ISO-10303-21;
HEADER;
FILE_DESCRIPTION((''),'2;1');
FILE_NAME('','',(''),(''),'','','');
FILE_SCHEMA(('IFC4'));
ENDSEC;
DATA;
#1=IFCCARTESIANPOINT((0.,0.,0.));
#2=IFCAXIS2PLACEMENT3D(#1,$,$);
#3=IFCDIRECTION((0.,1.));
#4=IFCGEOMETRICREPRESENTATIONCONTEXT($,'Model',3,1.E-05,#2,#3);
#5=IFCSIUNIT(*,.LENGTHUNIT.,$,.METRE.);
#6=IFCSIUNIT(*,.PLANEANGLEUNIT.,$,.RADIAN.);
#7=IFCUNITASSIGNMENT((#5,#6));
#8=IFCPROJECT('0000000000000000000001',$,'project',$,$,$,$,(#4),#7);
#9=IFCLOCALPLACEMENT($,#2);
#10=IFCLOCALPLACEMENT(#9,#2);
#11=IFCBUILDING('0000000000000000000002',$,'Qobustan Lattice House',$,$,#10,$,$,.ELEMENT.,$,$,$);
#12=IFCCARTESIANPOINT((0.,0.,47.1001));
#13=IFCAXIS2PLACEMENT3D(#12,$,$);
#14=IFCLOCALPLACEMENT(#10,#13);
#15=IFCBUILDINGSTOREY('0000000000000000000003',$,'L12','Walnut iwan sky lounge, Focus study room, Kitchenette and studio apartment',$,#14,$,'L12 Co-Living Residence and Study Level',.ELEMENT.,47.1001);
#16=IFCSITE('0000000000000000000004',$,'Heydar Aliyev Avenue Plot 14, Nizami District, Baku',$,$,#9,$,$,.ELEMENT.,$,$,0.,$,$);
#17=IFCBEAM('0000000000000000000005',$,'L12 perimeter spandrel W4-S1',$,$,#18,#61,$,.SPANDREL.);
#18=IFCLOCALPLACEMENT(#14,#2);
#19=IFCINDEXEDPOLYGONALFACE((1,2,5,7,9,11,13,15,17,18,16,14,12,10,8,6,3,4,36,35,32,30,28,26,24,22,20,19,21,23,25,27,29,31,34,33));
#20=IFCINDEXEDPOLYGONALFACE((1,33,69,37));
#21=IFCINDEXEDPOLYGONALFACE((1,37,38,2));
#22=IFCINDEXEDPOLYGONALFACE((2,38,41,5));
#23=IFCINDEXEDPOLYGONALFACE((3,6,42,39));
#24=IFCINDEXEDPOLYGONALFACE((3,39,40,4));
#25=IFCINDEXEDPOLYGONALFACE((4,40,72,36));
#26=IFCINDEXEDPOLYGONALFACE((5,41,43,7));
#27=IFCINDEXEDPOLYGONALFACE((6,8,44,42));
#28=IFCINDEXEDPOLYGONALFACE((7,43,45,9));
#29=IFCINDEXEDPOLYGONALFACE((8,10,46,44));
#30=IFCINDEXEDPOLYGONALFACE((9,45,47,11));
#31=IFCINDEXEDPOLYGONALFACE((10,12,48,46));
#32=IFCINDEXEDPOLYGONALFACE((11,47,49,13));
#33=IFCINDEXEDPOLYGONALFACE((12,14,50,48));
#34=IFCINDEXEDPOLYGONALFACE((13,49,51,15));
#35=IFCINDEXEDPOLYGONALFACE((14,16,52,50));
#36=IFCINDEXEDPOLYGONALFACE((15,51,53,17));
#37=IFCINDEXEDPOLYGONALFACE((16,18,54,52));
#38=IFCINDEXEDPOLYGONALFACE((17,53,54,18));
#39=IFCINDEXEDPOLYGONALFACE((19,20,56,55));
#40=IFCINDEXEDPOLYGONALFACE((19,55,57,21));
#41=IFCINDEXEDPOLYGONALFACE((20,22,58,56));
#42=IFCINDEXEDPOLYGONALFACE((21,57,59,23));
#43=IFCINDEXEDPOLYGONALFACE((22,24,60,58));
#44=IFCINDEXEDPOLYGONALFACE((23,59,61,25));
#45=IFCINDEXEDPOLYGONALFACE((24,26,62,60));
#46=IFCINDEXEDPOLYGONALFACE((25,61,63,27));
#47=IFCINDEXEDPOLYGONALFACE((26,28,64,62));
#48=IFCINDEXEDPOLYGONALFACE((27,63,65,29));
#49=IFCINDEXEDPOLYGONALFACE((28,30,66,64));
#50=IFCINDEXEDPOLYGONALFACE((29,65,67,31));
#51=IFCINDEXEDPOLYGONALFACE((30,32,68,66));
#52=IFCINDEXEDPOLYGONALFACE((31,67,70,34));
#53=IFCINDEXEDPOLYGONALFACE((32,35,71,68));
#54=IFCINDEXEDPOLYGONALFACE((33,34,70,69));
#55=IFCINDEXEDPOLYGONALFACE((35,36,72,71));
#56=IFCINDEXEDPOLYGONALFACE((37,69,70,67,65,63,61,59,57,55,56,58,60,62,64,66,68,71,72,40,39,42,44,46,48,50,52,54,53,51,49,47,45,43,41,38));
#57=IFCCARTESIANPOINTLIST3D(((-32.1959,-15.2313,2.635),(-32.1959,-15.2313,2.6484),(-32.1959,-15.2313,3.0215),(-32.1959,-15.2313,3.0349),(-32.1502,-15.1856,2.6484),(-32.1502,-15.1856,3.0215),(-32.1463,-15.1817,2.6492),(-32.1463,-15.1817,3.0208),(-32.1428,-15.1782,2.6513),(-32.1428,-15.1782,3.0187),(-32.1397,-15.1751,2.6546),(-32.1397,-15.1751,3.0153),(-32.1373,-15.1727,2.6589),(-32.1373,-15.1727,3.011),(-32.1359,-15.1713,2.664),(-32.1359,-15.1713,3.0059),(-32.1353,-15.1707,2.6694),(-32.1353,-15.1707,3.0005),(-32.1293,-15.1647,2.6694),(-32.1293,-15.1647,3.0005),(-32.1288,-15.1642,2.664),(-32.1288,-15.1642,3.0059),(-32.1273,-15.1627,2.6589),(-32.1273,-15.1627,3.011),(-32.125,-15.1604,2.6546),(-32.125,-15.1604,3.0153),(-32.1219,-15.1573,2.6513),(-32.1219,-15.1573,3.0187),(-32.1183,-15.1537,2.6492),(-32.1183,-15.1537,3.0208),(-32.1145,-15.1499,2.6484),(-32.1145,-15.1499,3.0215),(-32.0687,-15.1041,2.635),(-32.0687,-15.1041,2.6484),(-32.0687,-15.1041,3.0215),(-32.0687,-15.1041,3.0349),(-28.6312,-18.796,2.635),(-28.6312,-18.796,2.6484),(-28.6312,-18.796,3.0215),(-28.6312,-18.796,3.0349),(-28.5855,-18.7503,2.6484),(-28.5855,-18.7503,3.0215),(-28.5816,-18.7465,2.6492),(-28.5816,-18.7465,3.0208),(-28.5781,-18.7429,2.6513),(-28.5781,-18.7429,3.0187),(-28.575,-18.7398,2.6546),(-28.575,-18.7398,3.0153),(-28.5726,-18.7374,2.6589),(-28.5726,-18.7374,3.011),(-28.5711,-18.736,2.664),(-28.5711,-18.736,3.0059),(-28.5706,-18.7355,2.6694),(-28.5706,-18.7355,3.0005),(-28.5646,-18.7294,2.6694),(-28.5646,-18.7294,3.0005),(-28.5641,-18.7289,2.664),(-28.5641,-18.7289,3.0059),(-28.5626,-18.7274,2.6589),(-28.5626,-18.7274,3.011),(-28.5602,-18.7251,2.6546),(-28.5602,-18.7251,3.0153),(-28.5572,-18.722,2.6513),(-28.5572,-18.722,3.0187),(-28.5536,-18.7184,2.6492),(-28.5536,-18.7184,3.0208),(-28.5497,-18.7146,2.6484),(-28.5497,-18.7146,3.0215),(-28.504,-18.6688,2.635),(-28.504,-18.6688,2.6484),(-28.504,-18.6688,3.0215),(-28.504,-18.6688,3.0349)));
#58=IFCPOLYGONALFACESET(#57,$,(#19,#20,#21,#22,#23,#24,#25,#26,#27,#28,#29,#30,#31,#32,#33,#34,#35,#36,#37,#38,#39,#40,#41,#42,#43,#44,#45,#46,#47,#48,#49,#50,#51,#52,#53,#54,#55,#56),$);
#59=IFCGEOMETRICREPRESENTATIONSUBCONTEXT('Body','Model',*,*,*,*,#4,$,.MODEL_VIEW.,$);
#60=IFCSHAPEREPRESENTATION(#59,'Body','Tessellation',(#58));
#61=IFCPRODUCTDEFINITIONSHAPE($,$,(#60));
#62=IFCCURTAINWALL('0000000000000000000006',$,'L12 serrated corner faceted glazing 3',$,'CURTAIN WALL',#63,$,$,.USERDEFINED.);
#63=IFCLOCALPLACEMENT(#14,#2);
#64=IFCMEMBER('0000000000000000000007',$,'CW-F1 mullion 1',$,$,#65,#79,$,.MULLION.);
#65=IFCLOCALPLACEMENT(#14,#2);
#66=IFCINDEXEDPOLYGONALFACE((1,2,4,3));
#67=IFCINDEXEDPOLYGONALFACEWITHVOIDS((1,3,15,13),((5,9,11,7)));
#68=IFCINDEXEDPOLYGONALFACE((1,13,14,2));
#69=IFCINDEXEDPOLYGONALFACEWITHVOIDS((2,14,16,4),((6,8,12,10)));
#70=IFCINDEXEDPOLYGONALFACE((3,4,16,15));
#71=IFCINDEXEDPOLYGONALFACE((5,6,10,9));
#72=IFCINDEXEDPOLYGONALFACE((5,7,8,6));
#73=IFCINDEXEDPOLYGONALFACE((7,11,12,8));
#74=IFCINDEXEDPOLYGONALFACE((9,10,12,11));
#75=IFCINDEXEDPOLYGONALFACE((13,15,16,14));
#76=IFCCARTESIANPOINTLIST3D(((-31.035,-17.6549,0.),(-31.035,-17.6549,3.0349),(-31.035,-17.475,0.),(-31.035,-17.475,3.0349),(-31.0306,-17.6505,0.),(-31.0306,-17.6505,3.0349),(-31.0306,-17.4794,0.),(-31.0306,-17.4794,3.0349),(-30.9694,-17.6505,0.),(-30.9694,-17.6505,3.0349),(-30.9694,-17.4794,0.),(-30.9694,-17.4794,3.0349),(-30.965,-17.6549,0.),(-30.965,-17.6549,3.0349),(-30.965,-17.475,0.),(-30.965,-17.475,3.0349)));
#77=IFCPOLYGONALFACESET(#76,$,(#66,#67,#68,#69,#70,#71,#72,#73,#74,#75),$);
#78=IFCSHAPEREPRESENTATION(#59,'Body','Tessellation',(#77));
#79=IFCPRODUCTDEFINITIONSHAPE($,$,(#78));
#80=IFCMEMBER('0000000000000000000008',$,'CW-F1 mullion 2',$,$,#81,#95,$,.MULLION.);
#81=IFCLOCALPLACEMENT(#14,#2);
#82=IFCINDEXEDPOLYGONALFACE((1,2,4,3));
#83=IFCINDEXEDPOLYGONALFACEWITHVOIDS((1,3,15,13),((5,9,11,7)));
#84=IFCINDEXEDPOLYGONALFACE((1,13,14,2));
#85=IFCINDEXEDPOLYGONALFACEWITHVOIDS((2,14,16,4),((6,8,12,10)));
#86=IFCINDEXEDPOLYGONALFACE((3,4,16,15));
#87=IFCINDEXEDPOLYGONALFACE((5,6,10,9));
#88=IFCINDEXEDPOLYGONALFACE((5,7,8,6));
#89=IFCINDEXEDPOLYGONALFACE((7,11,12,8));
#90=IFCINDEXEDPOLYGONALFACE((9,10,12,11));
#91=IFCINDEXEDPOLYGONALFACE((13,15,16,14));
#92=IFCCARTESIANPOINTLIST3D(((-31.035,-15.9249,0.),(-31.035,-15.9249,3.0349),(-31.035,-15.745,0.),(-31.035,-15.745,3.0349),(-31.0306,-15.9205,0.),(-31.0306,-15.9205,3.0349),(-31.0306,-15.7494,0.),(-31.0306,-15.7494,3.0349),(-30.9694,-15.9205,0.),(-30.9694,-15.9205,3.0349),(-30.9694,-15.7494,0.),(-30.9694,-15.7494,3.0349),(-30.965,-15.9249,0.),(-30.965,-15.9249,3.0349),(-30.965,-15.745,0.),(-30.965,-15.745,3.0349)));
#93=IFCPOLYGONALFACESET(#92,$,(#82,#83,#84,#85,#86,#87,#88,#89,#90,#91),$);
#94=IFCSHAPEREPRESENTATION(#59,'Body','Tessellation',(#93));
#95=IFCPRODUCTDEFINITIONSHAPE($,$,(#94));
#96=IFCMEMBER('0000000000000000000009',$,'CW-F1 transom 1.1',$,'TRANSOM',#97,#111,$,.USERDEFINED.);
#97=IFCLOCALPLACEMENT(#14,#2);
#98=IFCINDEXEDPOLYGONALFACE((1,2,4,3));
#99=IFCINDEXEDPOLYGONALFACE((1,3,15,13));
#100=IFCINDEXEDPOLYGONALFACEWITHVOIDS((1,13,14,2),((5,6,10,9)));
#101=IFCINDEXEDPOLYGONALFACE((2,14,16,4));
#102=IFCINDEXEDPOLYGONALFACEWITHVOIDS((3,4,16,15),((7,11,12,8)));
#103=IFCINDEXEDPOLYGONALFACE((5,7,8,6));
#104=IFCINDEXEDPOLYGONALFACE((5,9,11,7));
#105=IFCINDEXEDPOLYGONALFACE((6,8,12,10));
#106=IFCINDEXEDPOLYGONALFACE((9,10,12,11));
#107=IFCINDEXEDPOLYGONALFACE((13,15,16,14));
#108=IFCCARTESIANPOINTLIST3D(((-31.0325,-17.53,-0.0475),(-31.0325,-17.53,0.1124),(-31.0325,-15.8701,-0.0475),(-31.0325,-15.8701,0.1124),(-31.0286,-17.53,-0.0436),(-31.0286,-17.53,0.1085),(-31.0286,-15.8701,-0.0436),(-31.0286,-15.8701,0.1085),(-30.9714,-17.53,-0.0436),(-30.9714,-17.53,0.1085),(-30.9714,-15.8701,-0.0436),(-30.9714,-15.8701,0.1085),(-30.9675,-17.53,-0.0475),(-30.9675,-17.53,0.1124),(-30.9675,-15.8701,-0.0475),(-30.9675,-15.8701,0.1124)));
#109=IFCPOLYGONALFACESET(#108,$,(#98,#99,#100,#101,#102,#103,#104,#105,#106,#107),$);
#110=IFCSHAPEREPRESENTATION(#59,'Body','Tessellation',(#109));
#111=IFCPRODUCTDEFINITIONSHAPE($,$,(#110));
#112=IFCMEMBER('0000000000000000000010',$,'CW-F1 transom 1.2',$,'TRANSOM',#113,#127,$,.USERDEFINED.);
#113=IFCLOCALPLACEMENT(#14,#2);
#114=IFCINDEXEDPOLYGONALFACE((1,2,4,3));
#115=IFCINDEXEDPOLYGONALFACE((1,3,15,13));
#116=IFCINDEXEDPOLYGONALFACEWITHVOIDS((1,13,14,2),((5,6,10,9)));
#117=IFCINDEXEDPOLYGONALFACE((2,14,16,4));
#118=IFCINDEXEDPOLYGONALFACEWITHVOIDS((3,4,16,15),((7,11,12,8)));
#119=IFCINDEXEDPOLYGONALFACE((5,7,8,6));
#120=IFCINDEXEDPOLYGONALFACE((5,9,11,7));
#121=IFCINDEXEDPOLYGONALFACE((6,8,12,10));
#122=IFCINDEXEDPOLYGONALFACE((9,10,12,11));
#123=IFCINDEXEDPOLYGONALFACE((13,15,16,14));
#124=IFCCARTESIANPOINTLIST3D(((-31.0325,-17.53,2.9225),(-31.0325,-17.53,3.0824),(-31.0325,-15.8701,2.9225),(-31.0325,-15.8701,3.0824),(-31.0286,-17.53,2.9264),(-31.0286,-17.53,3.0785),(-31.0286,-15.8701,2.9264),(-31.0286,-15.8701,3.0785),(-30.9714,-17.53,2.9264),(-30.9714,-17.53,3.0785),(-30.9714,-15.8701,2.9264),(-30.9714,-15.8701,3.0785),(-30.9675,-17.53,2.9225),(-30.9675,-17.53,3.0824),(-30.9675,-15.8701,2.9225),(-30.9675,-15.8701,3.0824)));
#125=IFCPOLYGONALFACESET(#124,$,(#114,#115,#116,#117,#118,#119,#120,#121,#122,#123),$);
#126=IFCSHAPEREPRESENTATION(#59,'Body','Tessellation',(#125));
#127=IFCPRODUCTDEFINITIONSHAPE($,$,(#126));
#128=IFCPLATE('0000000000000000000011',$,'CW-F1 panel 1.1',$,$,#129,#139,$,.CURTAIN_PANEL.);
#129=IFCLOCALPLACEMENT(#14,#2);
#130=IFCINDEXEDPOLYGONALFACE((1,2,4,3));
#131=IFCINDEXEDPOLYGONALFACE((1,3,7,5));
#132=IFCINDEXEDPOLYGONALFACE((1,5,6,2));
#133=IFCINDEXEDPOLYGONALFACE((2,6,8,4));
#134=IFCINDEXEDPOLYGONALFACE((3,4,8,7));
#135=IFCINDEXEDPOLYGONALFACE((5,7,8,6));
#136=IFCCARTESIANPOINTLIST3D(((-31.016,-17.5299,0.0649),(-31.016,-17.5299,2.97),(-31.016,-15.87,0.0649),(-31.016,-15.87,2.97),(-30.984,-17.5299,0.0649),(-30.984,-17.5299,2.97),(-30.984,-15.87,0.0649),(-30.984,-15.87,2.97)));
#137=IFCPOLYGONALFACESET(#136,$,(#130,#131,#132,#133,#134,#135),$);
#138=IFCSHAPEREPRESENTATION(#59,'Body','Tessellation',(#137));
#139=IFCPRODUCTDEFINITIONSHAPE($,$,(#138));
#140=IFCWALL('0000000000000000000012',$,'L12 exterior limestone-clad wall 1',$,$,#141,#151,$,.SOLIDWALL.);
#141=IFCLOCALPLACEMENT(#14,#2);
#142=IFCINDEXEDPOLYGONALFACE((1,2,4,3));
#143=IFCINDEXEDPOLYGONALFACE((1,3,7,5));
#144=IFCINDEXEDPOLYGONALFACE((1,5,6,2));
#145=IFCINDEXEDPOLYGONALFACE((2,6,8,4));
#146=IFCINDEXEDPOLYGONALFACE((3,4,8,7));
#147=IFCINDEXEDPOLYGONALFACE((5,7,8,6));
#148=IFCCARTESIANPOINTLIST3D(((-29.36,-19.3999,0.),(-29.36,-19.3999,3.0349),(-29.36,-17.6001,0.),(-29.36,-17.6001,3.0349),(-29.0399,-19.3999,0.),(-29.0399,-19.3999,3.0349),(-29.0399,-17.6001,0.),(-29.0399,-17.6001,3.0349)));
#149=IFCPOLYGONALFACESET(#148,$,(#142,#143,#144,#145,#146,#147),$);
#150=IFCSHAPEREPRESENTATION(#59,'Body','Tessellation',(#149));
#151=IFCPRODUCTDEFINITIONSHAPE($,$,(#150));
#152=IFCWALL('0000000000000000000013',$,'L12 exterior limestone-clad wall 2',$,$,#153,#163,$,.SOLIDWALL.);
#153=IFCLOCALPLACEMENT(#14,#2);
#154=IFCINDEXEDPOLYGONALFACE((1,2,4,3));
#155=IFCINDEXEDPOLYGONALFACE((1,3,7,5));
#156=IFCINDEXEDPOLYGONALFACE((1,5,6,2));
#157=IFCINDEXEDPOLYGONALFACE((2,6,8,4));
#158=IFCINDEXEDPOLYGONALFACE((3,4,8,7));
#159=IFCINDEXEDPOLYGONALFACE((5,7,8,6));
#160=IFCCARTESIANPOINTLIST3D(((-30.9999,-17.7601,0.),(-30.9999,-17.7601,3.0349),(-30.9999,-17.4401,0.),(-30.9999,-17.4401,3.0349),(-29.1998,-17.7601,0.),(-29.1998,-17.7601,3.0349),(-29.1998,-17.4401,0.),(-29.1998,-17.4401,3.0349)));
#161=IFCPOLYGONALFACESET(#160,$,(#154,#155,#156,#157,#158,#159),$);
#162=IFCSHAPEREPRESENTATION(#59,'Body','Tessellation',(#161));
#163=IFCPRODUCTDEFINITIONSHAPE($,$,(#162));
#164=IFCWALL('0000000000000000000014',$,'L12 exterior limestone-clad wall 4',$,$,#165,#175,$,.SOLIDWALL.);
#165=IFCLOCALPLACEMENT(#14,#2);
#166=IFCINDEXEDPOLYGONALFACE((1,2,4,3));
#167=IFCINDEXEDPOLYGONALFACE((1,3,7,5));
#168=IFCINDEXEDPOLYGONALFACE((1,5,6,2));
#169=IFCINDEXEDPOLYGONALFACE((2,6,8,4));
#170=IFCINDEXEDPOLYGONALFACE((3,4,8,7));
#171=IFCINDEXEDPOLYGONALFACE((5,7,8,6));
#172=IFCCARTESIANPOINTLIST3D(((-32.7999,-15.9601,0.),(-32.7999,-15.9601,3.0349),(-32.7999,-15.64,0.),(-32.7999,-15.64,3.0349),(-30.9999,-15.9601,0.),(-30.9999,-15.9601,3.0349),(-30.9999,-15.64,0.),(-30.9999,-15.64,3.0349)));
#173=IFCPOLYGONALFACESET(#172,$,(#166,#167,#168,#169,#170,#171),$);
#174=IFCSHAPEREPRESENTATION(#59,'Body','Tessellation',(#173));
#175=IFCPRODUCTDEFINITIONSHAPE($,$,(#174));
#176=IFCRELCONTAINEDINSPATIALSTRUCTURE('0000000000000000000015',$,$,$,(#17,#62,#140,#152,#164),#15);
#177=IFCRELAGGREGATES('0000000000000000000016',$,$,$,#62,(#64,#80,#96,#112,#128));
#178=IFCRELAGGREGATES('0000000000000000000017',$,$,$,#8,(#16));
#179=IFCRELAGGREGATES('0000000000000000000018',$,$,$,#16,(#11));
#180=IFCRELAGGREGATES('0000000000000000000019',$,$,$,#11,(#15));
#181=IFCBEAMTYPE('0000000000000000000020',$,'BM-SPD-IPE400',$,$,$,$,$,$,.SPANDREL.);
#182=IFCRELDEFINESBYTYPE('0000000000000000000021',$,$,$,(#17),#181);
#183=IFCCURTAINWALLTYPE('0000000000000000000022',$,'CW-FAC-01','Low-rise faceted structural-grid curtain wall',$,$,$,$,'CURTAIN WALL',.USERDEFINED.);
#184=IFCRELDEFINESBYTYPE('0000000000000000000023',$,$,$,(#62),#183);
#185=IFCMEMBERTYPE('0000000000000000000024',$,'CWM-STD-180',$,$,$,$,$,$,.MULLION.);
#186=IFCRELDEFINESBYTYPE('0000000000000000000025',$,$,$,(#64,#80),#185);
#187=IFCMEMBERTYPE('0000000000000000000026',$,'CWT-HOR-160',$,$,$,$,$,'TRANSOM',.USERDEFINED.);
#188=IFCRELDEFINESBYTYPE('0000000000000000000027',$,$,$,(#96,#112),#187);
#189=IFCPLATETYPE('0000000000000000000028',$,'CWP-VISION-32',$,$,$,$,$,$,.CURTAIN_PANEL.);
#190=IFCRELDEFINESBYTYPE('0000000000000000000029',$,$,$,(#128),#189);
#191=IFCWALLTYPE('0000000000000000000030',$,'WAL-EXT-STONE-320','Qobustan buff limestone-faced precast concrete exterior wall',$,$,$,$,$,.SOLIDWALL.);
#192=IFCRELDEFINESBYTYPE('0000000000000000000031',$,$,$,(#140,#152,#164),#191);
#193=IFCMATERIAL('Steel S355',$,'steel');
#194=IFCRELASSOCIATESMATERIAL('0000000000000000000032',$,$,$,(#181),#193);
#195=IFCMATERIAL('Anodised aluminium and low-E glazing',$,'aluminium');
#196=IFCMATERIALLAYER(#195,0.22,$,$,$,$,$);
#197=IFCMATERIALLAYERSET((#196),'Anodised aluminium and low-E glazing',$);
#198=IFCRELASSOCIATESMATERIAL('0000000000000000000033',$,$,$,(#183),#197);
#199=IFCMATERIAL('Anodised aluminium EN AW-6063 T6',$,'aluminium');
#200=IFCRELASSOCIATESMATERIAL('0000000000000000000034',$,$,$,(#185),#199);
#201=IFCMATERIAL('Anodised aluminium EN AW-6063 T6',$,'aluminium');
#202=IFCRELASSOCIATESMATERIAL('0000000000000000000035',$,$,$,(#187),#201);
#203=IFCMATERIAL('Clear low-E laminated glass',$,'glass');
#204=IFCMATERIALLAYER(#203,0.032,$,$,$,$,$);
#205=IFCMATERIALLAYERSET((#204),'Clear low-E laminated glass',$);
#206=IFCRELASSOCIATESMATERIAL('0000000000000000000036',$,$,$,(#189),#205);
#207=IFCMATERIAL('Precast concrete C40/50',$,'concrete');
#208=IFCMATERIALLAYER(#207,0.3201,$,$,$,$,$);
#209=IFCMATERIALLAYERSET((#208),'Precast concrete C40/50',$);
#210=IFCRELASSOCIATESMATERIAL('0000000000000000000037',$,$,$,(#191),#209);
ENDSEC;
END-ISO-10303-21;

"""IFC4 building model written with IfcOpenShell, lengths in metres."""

from ifc_helpers import new_model, si_unit, direction, frame, frame_2d, origin, origin_2d, place, context, subcontext, project, spatial, rectangle, hollow_rectangle, i_section, extrude, material, layer, layer_set, material_profile, profile_set, type_object, element, aggregate, save


model = new_model("IFC4")

# Units and contexts
model_context = context("Model", 3, precision=1e-05, world=origin(), true_north=direction((0.0, 1.0)))
body_context = subcontext(model_context, "Body", "Model", "MODEL_VIEW")
ifc_project = project(units=[si_unit("LENGTHUNIT", "METRE"), si_unit("PLANEANGLEUNIT", "RADIAN")], contexts=[model_context])

# Site, building, storey
site_placement = place(None, origin())
site = spatial("IfcSite", under=ifc_project, at=site_placement, Name="Heydar Aliyev Avenue Plot 14, Nizami District, Baku", CompositionType="ELEMENT", RefElevation=0.0)
building_placement = place(site_placement, origin())
building = spatial("IfcBuilding", under=site, at=building_placement, Name="Qobustan Lattice House", CompositionType="ELEMENT")
storey_placement = place(building_placement, frame((0.0, 0.0, 47.1001)))
storey = spatial("IfcBuildingStorey", under=building, at=storey_placement, Name="L12", Description="Walnut iwan sky lounge, Focus study room, Kitchenette and studio apartment", LongName="L12 Co-Living Residence and Study Level", CompositionType="ELEMENT", Elevation=47.1001)

# Beam
ifc_material_1 = material(Name="Steel S355", Category="steel")
ifc_material_profile_1 = material_profile(ifc_material_1, i_section(OverallWidth=0.1799, OverallDepth=0.3999, WebThickness=0.0085, FlangeThickness=0.0134, FilletRadius=0.021, at=origin_2d()), Name="IPE400")
ifc_profile_set_1 = profile_set([ifc_material_profile_1], Name="Steel S355")
beam_type_1 = type_object("IfcBeamType", Name="BM-SPD-IPE400", PredefinedType="SPANDREL", material=ifc_profile_set_1)
beam_1_placement = place(storey_placement, frame((-32.1323, -15.1677, 2.835), z_axis=(0.707107, -0.707107, 0.0), x_axis=(0.707107, 0.707107, 0.0)))
element("IfcBeam", 1, at=beam_1_placement, inside=storey, type_object=beam_type_1, Name="L12 perimeter spandrel W4-S1", PredefinedType="SPANDREL", context=body_context, shape_type="SweptSolid", body=[
    extrude(i_section(OverallWidth=0.1799, OverallDepth=0.3999, WebThickness=0.0085, FlangeThickness=0.0134, FilletRadius=0.021, at=origin_2d()), origin(), (0.0, 0.0, 1.0), 5.0413),
])

# Curtain wall, members, plate
ifc_material_2 = material(Name="Anodised aluminium and low-E glazing", Category="aluminium")
ifc_layer_1 = layer(ifc_material_2, 0.22)
ifc_layer_set_1 = layer_set([ifc_layer_1], Name="Anodised aluminium and low-E glazing")
curtain_wall_type = type_object("IfcCurtainWallType", Name="CW-FAC-01", Description="Low-rise faceted structural-grid curtain wall", ElementType="CURTAIN WALL", PredefinedType="USERDEFINED", material=ifc_layer_set_1)
curtain_wall_placement = place(storey_placement, origin())
curtain_wall = element("IfcCurtainWall", 2, at=curtain_wall_placement, inside=storey, type_object=curtain_wall_type, Name="L12 serrated corner faceted glazing 3", ObjectType="CURTAIN WALL", PredefinedType="USERDEFINED")
ifc_material_3 = material(Name="Anodised aluminium EN AW-6063 T6", Category="aluminium")
ifc_material_profile_2 = material_profile(ifc_material_3, hollow_rectangle(XDim=0.0701, YDim=0.1799, WallThickness=0.0044, at=origin_2d()), Name="CWM-180x70")
ifc_profile_set_2 = profile_set([ifc_material_profile_2], Name="Anodised aluminium EN AW-6063 T6")
member_type_1 = type_object("IfcMemberType", Name="CWM-STD-180", PredefinedType="MULLION", material=ifc_profile_set_2)
member_1_placement = place(storey_placement, frame((-31.0, -17.5649, 0.0), z_axis=(0.0, 0.0, 1.0), x_axis=(-1.0, 0.0, 0.0)))
member_1 = element("IfcMember", 3, at=member_1_placement, type_object=member_type_1, Name="CW-F1 mullion 1", PredefinedType="MULLION", context=body_context, shape_type="SweptSolid", body=[
    extrude(hollow_rectangle(XDim=0.0701, YDim=0.1799, WallThickness=0.0044, at=origin_2d()), origin(), (0.0, 0.0, 1.0), 3.0349),
])
member_2_placement = place(storey_placement, frame((-31.0, -15.835, 0.0), z_axis=(0.0, 0.0, 1.0), x_axis=(-1.0, 0.0, 0.0)))
member_2 = element("IfcMember", 4, at=member_2_placement, type_object=member_type_1, Name="CW-F1 mullion 2", PredefinedType="MULLION", context=body_context, shape_type="SweptSolid", body=[
    extrude(hollow_rectangle(XDim=0.0701, YDim=0.1799, WallThickness=0.0044, at=origin_2d()), origin(), (0.0, 0.0, 1.0), 3.0349),
])
ifc_material_4 = material(Name="Anodised aluminium EN AW-6063 T6", Category="aluminium")
ifc_material_profile_3 = material_profile(ifc_material_4, hollow_rectangle(XDim=0.0649, YDim=0.1599, WallThickness=0.0039, at=origin_2d()), Name="CWT-160x65")
ifc_profile_set_3 = profile_set([ifc_material_profile_3], Name="Anodised aluminium EN AW-6063 T6")
member_type_2 = type_object("IfcMemberType", Name="CWT-HOR-160", ElementType="TRANSOM", PredefinedType="USERDEFINED", material=ifc_profile_set_3)
member_3_placement = place(storey_placement, frame((-31.0, -17.53, 0.0325), z_axis=(0.0, 1.0, 0.0), x_axis=(-1.0, 0.0, 0.0)))
member_3 = element("IfcMember", 5, at=member_3_placement, type_object=member_type_2, Name="CW-F1 transom 1.1", ObjectType="TRANSOM", PredefinedType="USERDEFINED", context=body_context, shape_type="SweptSolid", body=[
    extrude(hollow_rectangle(XDim=0.0649, YDim=0.1599, WallThickness=0.0039, at=origin_2d()), origin(), (0.0, 0.0, 1.0), 1.6599),
])
member_4_placement = place(storey_placement, frame((-31.0, -17.53, 3.0024), z_axis=(0.0, 1.0, 0.0), x_axis=(-1.0, 0.0, 0.0)))
member_4 = element("IfcMember", 6, at=member_4_placement, type_object=member_type_2, Name="CW-F1 transom 1.2", ObjectType="TRANSOM", PredefinedType="USERDEFINED", context=body_context, shape_type="SweptSolid", body=[
    extrude(hollow_rectangle(XDim=0.0649, YDim=0.1599, WallThickness=0.0039, at=origin_2d()), origin(), (0.0, 0.0, 1.0), 1.6599),
])
ifc_material_5 = material(Name="Clear low-E laminated glass", Category="glass")
ifc_layer_2 = layer(ifc_material_5, 0.032)
ifc_layer_set_2 = layer_set([ifc_layer_2], Name="Clear low-E laminated glass")
plate_type = type_object("IfcPlateType", Name="CWP-VISION-32", PredefinedType="CURTAIN_PANEL", material=ifc_layer_set_2)
plate_placement = place(storey_placement, frame((-31.0, -16.7, 0.0649), z_axis=(0.0, 0.0, 1.0), x_axis=(0.0, 1.0, 0.0)))
plate = element("IfcPlate", 7, at=plate_placement, type_object=plate_type, Name="CW-F1 panel 1.1", PredefinedType="CURTAIN_PANEL", context=body_context, shape_type="SweptSolid", body=[
    extrude(rectangle(XDim=1.6599, YDim=0.032, at=origin_2d()), origin(), (0.0, 0.0, 1.0), 2.905),
])
aggregate(curtain_wall, [member_1, member_2, member_3, member_4, plate])

# Walls
ifc_material_6 = material(Name="Precast concrete C40/50", Category="concrete")
ifc_layer_3 = layer(ifc_material_6, 0.3201)
ifc_layer_set_3 = layer_set([ifc_layer_3], Name="Precast concrete C40/50")
wall_type = type_object("IfcWallType", Name="WAL-EXT-STONE-320", Description="Qobustan buff limestone-faced precast concrete exterior wall", PredefinedType="SOLIDWALL", material=ifc_layer_set_3)
wall_1_placement = place(storey_placement, frame((-29.2, -19.3999, 0.0), z_axis=(0.0, 0.0, 1.0), x_axis=(0.0, 1.0, 0.0)))
element("IfcWall", 8, at=wall_1_placement, inside=storey, type_object=wall_type, Name="L12 exterior limestone-clad wall 1", PredefinedType="SOLIDWALL", context=body_context, shape_type="SweptSolid", body=[
    extrude(rectangle(XDim=1.7998, YDim=0.3201, at=frame_2d((0.8999, 0.0))), origin(), (0.0, 0.0, 1.0), 3.0349),
])
for number, where, z_axis, x_axis, name in (
    (9, (-29.2, -17.6001, 0.0), (0.0, 0.0, 1.0), (-1.0, 0.0, 0.0), "L12 exterior limestone-clad wall 2"),
    (10, (-31.0, -15.8, 0.0), (0.0, 0.0, 1.0), (-1.0, 0.0, 0.0), "L12 exterior limestone-clad wall 4"),
):
    element("IfcWall", number, at=place(storey_placement, frame(where, z_axis=z_axis, x_axis=x_axis)), inside=storey, type_object=wall_type, Name=name, PredefinedType="SOLIDWALL", context=body_context, shape_type="SweptSolid", body=[
        extrude(rectangle(XDim=1.8, YDim=0.3201, at=frame_2d((0.8999, 0.0))), origin(), (0.0, 0.0, 1.0), 3.0349),
    ])

save(model, "model.ifc")
